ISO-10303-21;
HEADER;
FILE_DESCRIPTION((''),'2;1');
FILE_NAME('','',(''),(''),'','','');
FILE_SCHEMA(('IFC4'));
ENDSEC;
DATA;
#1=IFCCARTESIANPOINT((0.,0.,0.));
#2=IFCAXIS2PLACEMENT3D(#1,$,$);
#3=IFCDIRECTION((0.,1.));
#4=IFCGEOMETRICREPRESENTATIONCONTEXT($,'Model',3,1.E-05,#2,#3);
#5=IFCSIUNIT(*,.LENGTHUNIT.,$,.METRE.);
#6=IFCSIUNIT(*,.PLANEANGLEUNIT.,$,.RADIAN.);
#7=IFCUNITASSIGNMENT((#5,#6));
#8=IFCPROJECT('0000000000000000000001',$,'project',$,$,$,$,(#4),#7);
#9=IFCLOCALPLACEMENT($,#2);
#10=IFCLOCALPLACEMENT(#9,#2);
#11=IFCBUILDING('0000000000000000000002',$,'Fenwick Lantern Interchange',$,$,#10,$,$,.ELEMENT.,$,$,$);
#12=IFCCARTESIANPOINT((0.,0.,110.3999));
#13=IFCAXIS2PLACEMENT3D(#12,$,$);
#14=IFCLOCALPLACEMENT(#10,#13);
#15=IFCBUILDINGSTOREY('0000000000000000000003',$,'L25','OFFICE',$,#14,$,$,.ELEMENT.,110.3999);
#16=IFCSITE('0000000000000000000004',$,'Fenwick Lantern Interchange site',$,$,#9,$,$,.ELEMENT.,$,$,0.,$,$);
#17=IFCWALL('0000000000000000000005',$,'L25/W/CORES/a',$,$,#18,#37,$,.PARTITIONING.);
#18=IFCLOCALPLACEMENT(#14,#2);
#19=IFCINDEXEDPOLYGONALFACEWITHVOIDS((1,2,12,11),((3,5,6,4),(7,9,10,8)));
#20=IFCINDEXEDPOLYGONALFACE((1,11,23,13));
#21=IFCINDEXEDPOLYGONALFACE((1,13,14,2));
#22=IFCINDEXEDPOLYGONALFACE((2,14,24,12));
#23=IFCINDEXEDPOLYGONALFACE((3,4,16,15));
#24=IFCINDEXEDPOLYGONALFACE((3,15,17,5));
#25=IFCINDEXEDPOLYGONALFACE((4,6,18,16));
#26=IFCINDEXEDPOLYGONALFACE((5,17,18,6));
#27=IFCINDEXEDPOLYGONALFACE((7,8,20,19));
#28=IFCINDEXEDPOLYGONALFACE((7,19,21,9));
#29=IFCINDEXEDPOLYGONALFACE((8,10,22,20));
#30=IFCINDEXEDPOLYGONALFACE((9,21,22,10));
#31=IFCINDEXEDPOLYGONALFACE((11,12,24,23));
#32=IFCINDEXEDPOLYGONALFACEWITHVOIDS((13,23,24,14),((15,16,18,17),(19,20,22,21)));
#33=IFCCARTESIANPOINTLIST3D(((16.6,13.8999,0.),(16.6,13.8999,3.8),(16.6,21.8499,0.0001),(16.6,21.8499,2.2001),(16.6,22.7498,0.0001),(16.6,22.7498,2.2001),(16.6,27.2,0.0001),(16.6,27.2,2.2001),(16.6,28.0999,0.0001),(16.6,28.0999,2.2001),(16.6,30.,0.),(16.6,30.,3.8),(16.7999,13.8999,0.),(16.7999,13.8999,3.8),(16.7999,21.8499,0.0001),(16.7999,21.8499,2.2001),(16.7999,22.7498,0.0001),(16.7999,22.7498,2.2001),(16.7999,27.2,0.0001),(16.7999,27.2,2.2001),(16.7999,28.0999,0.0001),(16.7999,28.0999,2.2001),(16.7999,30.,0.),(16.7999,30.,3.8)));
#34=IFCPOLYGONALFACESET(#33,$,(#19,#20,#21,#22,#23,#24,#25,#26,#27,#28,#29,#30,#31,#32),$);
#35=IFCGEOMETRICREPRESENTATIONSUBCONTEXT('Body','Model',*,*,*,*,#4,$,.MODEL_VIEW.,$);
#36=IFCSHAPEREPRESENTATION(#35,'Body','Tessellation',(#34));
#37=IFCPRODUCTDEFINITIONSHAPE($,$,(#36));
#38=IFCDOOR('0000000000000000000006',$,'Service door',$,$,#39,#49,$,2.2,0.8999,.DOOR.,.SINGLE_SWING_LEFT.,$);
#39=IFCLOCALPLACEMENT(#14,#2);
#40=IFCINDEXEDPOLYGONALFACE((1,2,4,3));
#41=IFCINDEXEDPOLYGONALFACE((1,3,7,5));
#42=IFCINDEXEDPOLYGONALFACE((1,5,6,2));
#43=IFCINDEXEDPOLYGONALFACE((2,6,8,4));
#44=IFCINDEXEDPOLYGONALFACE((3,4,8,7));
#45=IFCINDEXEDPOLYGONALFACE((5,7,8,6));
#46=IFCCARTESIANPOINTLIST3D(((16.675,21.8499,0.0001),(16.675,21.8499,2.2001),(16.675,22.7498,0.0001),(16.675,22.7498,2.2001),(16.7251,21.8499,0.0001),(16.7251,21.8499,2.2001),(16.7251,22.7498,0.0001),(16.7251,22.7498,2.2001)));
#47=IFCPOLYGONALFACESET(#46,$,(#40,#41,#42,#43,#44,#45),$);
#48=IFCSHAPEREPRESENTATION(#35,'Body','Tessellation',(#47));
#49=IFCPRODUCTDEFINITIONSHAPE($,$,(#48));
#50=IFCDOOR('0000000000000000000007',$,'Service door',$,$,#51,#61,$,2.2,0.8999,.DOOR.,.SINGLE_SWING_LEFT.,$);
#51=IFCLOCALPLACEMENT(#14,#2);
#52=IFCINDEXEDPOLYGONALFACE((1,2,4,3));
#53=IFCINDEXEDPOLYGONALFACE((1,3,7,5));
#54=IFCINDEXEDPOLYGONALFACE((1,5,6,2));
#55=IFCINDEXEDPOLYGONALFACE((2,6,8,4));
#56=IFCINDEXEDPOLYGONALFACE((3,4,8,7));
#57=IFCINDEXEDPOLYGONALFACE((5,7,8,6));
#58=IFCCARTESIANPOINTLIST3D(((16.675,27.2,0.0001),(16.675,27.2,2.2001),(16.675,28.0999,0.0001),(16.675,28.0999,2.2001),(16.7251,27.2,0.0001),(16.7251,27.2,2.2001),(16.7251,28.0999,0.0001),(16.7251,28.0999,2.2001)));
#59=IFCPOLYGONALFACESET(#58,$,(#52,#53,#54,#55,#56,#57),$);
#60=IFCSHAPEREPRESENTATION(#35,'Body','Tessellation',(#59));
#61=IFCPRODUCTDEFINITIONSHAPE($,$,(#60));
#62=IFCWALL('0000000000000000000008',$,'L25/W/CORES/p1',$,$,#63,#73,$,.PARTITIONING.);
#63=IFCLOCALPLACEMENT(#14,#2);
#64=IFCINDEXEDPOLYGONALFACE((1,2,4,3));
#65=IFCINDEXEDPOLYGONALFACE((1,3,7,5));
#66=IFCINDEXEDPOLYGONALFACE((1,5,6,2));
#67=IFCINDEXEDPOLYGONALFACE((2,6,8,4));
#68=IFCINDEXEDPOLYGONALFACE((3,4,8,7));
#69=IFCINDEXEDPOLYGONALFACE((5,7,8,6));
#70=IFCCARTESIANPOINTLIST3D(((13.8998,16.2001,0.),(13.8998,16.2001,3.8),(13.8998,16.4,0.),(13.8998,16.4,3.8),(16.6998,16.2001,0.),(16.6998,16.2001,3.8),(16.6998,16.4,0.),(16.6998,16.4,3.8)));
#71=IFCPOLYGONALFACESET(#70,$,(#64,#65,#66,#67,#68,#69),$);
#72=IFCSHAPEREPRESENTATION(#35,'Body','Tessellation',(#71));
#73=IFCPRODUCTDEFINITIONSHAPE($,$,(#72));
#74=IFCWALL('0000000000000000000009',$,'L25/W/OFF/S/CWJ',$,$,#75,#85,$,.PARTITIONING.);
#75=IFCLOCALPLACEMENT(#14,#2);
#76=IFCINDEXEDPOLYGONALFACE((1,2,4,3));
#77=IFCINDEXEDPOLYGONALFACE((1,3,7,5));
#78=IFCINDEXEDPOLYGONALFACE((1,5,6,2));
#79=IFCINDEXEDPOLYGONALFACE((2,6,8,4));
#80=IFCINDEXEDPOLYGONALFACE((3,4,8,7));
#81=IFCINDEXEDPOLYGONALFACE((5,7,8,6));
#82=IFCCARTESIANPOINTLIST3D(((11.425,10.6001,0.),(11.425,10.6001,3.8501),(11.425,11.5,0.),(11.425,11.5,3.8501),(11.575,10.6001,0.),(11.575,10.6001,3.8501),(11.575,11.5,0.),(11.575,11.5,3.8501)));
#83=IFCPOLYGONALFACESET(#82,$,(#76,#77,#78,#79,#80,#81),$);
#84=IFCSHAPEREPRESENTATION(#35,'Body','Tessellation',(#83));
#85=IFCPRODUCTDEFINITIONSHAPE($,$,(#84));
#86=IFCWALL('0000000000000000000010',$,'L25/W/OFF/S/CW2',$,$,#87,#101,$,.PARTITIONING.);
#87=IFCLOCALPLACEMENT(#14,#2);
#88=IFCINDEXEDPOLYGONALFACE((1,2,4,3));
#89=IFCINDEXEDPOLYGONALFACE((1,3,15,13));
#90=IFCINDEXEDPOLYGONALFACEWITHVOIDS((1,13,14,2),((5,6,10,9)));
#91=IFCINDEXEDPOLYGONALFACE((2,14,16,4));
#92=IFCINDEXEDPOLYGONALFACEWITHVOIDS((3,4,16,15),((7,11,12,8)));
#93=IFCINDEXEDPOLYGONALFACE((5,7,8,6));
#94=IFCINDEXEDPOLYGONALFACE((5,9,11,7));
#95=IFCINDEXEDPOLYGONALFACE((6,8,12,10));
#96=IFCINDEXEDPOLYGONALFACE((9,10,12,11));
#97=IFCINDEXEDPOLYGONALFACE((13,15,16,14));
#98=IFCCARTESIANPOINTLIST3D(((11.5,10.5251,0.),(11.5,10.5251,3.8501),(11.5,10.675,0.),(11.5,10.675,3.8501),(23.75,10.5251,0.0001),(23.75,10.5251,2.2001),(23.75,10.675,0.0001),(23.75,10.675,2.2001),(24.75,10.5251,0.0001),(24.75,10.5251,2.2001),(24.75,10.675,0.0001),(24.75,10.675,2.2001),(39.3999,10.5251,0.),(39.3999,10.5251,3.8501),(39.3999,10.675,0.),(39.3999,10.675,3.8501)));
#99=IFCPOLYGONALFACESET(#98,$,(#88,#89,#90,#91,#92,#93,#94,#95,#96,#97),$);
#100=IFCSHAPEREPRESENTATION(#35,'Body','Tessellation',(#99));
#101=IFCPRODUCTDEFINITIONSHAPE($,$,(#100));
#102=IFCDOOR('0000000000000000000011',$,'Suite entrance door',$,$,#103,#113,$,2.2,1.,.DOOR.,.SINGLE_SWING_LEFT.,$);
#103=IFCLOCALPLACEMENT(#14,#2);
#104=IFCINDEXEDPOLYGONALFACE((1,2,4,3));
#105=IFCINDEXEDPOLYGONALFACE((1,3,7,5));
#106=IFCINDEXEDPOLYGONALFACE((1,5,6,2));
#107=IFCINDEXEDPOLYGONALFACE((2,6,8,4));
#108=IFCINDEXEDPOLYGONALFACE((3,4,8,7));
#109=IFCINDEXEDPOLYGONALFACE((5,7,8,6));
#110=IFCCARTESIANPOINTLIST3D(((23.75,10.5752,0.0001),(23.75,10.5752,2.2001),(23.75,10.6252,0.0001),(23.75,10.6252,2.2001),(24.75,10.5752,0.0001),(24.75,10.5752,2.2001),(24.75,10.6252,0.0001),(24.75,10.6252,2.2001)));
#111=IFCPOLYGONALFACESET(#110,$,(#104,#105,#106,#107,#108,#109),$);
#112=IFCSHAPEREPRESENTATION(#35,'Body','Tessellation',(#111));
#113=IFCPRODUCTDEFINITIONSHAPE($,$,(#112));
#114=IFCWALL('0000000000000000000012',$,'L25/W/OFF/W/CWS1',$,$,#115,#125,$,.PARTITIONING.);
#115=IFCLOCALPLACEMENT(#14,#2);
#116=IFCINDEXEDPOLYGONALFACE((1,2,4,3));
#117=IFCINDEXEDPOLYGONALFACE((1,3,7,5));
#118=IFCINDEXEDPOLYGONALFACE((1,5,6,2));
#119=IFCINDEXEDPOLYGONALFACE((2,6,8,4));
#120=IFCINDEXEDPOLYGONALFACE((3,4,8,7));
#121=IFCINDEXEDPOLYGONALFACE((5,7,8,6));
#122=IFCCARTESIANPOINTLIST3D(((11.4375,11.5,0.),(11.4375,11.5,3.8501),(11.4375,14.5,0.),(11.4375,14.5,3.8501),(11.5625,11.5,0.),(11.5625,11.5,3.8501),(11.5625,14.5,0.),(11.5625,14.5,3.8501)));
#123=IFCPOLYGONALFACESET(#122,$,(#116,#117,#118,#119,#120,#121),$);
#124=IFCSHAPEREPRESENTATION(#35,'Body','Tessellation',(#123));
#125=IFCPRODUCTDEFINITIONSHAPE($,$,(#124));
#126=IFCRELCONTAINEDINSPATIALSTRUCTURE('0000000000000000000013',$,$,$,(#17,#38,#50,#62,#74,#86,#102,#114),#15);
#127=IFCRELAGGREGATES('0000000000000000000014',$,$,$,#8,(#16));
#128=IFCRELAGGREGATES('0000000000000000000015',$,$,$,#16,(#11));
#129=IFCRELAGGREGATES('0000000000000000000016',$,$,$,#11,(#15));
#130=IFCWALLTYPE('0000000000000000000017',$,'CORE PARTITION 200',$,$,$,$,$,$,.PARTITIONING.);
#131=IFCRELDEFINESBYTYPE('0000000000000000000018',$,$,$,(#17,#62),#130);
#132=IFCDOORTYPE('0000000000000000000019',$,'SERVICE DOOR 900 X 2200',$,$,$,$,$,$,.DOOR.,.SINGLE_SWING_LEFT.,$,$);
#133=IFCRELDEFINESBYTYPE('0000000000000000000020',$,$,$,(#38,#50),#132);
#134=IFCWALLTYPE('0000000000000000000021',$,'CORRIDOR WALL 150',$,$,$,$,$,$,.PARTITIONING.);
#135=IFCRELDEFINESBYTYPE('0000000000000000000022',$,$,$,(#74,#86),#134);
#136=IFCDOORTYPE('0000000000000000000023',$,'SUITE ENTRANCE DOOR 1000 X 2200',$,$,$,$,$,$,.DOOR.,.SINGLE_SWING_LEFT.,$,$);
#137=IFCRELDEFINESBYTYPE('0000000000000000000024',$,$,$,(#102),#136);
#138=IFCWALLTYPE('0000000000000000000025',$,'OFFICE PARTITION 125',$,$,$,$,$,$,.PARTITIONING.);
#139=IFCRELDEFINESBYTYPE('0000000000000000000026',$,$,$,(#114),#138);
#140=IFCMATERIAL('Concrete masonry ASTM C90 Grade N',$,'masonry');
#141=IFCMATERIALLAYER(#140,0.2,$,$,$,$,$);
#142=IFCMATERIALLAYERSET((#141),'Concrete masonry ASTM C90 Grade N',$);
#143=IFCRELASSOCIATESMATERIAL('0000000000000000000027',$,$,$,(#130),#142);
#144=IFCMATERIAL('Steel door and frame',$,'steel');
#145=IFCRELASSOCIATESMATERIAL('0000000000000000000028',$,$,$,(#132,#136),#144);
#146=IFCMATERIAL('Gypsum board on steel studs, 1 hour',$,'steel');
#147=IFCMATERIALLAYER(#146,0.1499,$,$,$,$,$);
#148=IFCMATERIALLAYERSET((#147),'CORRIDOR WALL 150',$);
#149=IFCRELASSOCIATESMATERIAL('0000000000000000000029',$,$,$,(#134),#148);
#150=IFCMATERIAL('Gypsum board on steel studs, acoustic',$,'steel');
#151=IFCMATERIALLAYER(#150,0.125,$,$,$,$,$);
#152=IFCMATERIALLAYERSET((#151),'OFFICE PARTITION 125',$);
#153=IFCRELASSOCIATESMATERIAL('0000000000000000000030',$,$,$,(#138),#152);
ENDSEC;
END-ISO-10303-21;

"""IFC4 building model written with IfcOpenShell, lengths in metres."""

from ifc_helpers import new_model, si_unit, direction, frame, frame_2d, origin, place, context, subcontext, project, spatial, rectangle, extrude, material, layer, layer_set, type_object, element, fill, save


model = new_model("IFC4")

# Units and contexts
model_context = context("Model", 3, precision=1e-05, world=origin(), true_north=direction((0.0, 1.0)))
body_context = subcontext(model_context, "Body", "Model", "MODEL_VIEW")
ifc_project = project(units=[si_unit("LENGTHUNIT", "METRE"), si_unit("PLANEANGLEUNIT", "RADIAN")], contexts=[model_context])

# Site, building, storey
site_placement = place(None, origin())
site = spatial("IfcSite", under=ifc_project, at=site_placement, Name="Fenwick Lantern Interchange site", CompositionType="ELEMENT", RefElevation=0.0)
building_placement = place(site_placement, origin())
building = spatial("IfcBuilding", under=site, at=building_placement, Name="Fenwick Lantern Interchange", CompositionType="ELEMENT")
storey_placement = place(building_placement, frame((0.0, 0.0, 110.3999)))
storey = spatial("IfcBuildingStorey", under=building, at=storey_placement, Name="L25", Description="OFFICE", CompositionType="ELEMENT", Elevation=110.3999)

# Wall, openings, doors
ifc_material_1 = material(Name="Concrete masonry ASTM C90 Grade N", Category="masonry")
ifc_layer_1 = layer(ifc_material_1, 0.2)
ifc_layer_set_1 = layer_set([ifc_layer_1], Name="Concrete masonry ASTM C90 Grade N")
wall_type_1 = type_object("IfcWallType", Name="CORE PARTITION 200", PredefinedType="PARTITIONING", material=ifc_layer_set_1)
wall_1_placement = place(storey_placement, frame((16.7, 13.8999, 0.0), z_axis=(0.0, 0.0, 1.0), x_axis=(0.0, 1.0, 0.0)))
wall_1 = element("IfcWall", 1, at=wall_1_placement, inside=storey, type_object=wall_type_1, Name="L25/W/CORES/a", PredefinedType="PARTITIONING", context=body_context, shape_type="SweptSolid", body=[
    extrude(rectangle(XDim=16.1001, YDim=0.2, at=frame_2d((8.05, 0.0))), origin(), (0.0, 0.0, 1.0), 3.8),
])
opening_1_placement = place(wall_1_placement, frame((7.95, 0.0, 0.0)))
opening_1 = element("IfcOpeningElement", 2, at=opening_1_placement, cuts=wall_1, PredefinedType="OPENING", context=body_context, shape_type="SweptSolid", body=[
    extrude(rectangle(XDim=0.8999, YDim=2.2, at=frame_2d((0.45, 1.1001))), frame((0.0, 0.1099, 0.0), z_axis=(0.0, -1.0, 0.0), x_axis=(1.0, 0.0, 0.0)), (0.0, 0.0, 1.0), 0.22),
])
opening_2_placement = place(wall_1_placement, frame((13.3, 0.0, 0.0)))
opening_2 = element("IfcOpeningElement", 3, at=opening_2_placement, cuts=wall_1, PredefinedType="OPENING", context=body_context, shape_type="SweptSolid", body=[
    extrude(rectangle(XDim=0.8999, YDim=2.2, at=frame_2d((0.45, 1.1001))), frame((0.0, 0.1099, 0.0), z_axis=(0.0, -1.0, 0.0), x_axis=(1.0, 0.0, 0.0)), (0.0, 0.0, 1.0), 0.22),
])
ifc_material_2 = material(Name="Steel door and frame", Category="steel")
door_type_1 = type_object("IfcDoorType", Name="SERVICE DOOR 900 X 2200", OperationType="SINGLE_SWING_LEFT", PredefinedType="DOOR", material=ifc_material_2)
door_1_placement = place(opening_1_placement, origin())
door_1 = element("IfcDoor", 4, at=door_1_placement, inside=storey, type_object=door_type_1, Name="Service door", OperationType="SINGLE_SWING_LEFT", OverallHeight=2.2, OverallWidth=0.8999, PredefinedType="DOOR", context=body_context, shape_type="SweptSolid", body=[
    extrude(rectangle(XDim=0.8999, YDim=2.2, at=frame_2d((0.45, 1.1001))), frame((0.0, 0.0249, 0.0), z_axis=(0.0, -1.0, 0.0), x_axis=(1.0, 0.0, 0.0)), (0.0, 0.0, 1.0), 0.05),
])
fill(opening_1, door_1)
door_2_placement = place(opening_2_placement, origin())
door_2 = element("IfcDoor", 5, at=door_2_placement, inside=storey, type_object=door_type_1, Name="Service door", OperationType="SINGLE_SWING_LEFT", OverallHeight=2.2, OverallWidth=0.8999, PredefinedType="DOOR", context=body_context, shape_type="SweptSolid", body=[
    extrude(rectangle(XDim=0.8999, YDim=2.2, at=frame_2d((0.45, 1.1001))), frame((0.0, 0.0249, 0.0), z_axis=(0.0, -1.0, 0.0), x_axis=(1.0, 0.0, 0.0)), (0.0, 0.0, 1.0), 0.05),
])
fill(opening_2, door_2)

# Wall
wall_2_placement = place(storey_placement, frame((13.8999, 16.3, 0.0), z_axis=(0.0, 0.0, 1.0), x_axis=(1.0, 0.0, 0.0)))
element("IfcWall", 6, at=wall_2_placement, inside=storey, type_object=wall_type_1, Name="L25/W/CORES/p1", PredefinedType="PARTITIONING", context=body_context, shape_type="SweptSolid", body=[
    extrude(rectangle(XDim=2.8, YDim=0.2, at=frame_2d((1.3999, 0.0))), origin(), (0.0, 0.0, 1.0), 3.8),
])

# Wall
ifc_material_3 = material(Name="Gypsum board on steel studs, 1 hour", Category="steel")
ifc_layer_2 = layer(ifc_material_3, 0.1499)
ifc_layer_set_2 = layer_set([ifc_layer_2], Name="CORRIDOR WALL 150")
wall_type_2 = type_object("IfcWallType", Name="CORRIDOR WALL 150", PredefinedType="PARTITIONING", material=ifc_layer_set_2)
wall_3_placement = place(storey_placement, frame((11.5, 11.5, 0.0), z_axis=(0.0, 0.0, 1.0), x_axis=(0.0, -1.0, 0.0)))
element("IfcWall", 7, at=wall_3_placement, inside=storey, type_object=wall_type_2, Name="L25/W/OFF/S/CWJ", PredefinedType="PARTITIONING", context=body_context, shape_type="SweptSolid", body=[
    extrude(rectangle(XDim=0.8999, YDim=0.1499, at=frame_2d((0.45, 0.0))), origin(), (0.0, 0.0, 1.0), 3.8501),
])

# Wall, opening, door
wall_4_placement = place(storey_placement, frame((11.5, 10.6001, 0.0), z_axis=(0.0, 0.0, 1.0), x_axis=(1.0, 0.0, 0.0)))
wall_4 = element("IfcWall", 8, at=wall_4_placement, inside=storey, type_object=wall_type_2, Name="L25/W/OFF/S/CW2", PredefinedType="PARTITIONING", context=body_context, shape_type="SweptSolid", body=[
    extrude(rectangle(XDim=27.8999, YDim=0.1499, at=frame_2d((13.95, 0.0))), origin(), (0.0, 0.0, 1.0), 3.8501),
])
opening_3_placement = place(wall_4_placement, frame((12.25, 0.0, 0.0)))
opening_3 = element("IfcOpeningElement", 9, at=opening_3_placement, cuts=wall_4, PredefinedType="OPENING", context=body_context, shape_type="SweptSolid", body=[
    extrude(rectangle(XDim=1.0, YDim=2.2, at=frame_2d((0.5, 1.1001))), frame((0.0, 0.085, 0.0), z_axis=(0.0, -1.0, 0.0), x_axis=(1.0, 0.0, 0.0)), (0.0, 0.0, 1.0), 0.1699),
])
door_type_2 = type_object("IfcDoorType", Name="SUITE ENTRANCE DOOR 1000 X 2200", OperationType="SINGLE_SWING_LEFT", PredefinedType="DOOR", material=ifc_material_2)
door_3_placement = place(opening_3_placement, frame((1.0, 0.0, 0.0), z_axis=(0.0, 0.0, 1.0), x_axis=(-1.0, 0.0, 0.0)))
door_3 = element("IfcDoor", 10, at=door_3_placement, inside=storey, type_object=door_type_2, Name="Suite entrance door", OperationType="SINGLE_SWING_LEFT", OverallHeight=2.2, OverallWidth=1.0, PredefinedType="DOOR", context=body_context, shape_type="SweptSolid", body=[
    extrude(rectangle(XDim=1.0, YDim=2.2, at=frame_2d((0.5, 1.1001))), frame((0.0, 0.0249, 0.0), z_axis=(0.0, -1.0, 0.0), x_axis=(1.0, 0.0, 0.0)), (0.0, 0.0, 1.0), 0.05),
])
fill(opening_3, door_3)

# Wall
ifc_material_4 = material(Name="Gypsum board on steel studs, acoustic", Category="steel")
ifc_layer_3 = layer(ifc_material_4, 0.125)
ifc_layer_set_3 = layer_set([ifc_layer_3], Name="OFFICE PARTITION 125")
wall_type_3 = type_object("IfcWallType", Name="OFFICE PARTITION 125", PredefinedType="PARTITIONING", material=ifc_layer_set_3)
wall_5_placement = place(storey_placement, frame((11.5, 14.5, 0.0), z_axis=(0.0, 0.0, 1.0), x_axis=(0.0, -1.0, 0.0)))
element("IfcWall", 11, at=wall_5_placement, inside=storey, type_object=wall_type_3, Name="L25/W/OFF/W/CWS1", PredefinedType="PARTITIONING", context=body_context, shape_type="SweptSolid", body=[
    extrude(rectangle(XDim=3.0, YDim=0.125, at=frame_2d((1.5, 0.0))), origin(), (0.0, 0.0, 1.0), 3.8501),
])

save(model, "model.ifc")
